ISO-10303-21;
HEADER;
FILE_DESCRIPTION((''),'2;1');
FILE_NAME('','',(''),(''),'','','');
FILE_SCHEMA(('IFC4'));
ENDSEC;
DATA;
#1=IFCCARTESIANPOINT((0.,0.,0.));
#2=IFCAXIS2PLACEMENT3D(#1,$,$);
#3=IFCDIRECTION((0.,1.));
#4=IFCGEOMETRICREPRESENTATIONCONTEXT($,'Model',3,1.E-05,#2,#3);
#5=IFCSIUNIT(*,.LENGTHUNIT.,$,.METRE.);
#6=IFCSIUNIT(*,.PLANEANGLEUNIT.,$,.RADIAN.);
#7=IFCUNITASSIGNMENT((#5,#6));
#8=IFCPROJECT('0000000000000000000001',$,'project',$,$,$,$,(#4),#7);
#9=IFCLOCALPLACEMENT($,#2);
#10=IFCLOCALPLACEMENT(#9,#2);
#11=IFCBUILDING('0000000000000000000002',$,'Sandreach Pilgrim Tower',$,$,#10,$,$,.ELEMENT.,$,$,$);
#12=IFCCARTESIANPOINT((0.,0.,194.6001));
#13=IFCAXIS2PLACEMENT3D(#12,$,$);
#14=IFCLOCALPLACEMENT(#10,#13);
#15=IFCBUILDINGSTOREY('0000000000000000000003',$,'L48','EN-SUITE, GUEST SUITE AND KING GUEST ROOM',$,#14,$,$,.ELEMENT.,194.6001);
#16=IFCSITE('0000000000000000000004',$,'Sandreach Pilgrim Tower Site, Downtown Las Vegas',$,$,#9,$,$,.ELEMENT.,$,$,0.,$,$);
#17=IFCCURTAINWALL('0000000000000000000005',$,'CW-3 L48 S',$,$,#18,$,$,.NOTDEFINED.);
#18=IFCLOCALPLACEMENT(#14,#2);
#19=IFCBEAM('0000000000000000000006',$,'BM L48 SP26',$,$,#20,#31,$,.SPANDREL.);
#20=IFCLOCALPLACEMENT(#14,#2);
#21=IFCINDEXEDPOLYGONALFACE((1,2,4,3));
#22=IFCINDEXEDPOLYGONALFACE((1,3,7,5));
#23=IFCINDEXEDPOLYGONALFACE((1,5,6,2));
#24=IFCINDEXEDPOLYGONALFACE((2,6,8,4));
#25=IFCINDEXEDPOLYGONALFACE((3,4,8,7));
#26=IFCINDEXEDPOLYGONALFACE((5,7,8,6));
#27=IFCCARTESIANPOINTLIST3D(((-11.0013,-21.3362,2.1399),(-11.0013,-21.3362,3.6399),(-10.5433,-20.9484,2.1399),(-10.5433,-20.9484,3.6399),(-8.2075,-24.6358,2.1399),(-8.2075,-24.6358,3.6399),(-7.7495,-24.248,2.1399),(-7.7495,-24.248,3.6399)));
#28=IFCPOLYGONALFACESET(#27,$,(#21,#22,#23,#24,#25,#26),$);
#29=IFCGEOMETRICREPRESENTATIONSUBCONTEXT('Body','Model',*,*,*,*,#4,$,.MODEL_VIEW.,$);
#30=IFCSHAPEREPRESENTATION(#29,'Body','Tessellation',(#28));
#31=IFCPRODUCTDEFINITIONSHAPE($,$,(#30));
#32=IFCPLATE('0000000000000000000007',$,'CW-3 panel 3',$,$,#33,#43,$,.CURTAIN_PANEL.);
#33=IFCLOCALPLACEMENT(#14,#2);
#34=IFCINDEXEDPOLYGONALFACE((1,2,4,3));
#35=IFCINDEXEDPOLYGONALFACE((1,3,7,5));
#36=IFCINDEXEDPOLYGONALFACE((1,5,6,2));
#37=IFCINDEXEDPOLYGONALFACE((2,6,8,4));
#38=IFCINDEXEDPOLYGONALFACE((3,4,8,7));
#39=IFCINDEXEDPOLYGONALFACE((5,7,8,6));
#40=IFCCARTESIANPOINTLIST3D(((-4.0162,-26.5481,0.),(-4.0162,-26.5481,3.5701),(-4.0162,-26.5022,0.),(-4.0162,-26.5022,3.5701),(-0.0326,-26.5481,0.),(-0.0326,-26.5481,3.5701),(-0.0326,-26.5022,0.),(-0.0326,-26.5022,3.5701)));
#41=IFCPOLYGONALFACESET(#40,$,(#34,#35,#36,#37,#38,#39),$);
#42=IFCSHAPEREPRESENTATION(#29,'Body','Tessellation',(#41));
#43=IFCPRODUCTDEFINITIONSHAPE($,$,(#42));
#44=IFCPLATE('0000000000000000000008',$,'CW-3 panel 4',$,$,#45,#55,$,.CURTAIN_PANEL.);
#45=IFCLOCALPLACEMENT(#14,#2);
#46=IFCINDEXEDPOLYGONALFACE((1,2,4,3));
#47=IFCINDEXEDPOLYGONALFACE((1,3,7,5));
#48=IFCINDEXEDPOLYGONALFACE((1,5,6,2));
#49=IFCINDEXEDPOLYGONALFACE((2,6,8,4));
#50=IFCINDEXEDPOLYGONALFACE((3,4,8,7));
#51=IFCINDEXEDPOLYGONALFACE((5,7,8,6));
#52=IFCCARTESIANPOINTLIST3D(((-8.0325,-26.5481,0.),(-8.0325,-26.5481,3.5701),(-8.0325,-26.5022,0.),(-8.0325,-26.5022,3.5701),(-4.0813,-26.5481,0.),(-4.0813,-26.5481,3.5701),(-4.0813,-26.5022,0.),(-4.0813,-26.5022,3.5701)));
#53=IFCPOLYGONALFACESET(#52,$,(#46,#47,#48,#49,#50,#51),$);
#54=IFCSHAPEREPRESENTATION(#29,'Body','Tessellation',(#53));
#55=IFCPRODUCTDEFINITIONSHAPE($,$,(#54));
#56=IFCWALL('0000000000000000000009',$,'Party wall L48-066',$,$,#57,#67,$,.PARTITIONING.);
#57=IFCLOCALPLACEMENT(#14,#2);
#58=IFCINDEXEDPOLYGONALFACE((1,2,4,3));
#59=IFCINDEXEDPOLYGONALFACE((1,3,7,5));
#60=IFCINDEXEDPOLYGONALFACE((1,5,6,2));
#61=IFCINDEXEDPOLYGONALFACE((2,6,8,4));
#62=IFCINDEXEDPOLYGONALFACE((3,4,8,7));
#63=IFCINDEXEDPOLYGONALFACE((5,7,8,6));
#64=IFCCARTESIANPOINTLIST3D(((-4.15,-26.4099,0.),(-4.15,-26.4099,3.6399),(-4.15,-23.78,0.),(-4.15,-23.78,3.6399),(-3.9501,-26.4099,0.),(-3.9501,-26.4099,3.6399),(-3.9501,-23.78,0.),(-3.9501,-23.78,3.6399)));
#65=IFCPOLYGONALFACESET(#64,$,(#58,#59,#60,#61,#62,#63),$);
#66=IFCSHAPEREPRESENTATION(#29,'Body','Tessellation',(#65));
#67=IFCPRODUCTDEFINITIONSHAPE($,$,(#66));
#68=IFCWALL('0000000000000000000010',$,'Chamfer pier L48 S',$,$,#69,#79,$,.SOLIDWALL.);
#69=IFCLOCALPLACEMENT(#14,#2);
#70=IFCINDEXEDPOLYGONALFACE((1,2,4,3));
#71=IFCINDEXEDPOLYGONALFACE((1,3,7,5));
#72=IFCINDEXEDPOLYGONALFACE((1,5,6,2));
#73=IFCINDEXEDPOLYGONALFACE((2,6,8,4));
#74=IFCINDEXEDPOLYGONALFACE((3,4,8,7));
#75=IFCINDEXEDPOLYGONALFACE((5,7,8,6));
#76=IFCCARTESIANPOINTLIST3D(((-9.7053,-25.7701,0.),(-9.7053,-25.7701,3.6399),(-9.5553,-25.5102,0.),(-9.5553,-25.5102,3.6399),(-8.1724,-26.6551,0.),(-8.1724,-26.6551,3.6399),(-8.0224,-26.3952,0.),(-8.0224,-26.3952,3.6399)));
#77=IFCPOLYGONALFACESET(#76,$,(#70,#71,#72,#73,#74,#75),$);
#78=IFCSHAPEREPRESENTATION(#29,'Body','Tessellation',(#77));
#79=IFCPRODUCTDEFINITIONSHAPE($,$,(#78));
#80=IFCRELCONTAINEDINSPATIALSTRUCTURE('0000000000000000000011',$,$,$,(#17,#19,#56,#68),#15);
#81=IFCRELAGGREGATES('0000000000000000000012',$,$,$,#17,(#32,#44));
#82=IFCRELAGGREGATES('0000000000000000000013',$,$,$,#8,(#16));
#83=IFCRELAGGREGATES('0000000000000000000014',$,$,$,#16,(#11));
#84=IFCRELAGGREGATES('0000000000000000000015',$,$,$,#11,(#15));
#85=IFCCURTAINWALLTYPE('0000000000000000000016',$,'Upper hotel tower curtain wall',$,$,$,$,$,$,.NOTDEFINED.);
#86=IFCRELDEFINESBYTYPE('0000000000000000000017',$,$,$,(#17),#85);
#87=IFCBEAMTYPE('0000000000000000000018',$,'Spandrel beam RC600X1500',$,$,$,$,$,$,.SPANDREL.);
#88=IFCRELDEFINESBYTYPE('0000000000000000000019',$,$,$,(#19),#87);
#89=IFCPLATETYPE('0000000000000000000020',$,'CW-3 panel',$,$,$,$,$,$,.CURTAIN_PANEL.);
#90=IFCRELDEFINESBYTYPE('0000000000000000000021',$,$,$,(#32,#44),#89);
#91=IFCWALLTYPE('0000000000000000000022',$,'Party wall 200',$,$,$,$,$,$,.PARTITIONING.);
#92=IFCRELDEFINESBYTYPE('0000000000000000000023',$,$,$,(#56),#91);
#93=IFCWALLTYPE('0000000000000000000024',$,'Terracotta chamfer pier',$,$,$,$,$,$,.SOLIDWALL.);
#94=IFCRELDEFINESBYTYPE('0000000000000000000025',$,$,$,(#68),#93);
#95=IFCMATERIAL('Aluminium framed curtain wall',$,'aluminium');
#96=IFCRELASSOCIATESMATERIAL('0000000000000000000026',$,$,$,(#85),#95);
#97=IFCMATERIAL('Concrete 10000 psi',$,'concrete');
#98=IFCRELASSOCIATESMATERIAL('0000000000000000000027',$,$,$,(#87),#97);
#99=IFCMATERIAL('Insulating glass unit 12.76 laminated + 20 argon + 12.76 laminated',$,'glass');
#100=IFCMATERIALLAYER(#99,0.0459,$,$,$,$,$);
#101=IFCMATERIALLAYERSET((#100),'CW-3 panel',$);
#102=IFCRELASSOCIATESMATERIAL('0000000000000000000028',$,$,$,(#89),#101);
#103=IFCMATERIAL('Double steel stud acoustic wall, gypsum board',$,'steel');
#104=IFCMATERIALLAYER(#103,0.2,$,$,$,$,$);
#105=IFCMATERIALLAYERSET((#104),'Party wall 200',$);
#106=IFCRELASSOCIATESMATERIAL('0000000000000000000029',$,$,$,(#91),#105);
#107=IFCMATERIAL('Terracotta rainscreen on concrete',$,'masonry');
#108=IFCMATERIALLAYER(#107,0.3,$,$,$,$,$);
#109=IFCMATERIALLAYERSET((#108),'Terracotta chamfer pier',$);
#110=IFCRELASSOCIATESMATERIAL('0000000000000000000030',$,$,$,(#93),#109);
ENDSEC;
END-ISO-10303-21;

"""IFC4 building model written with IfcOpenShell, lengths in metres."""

from ifc_helpers import new_model, si_unit, direction, frame, frame_2d, origin, origin_2d, place, context, subcontext, project, spatial, rectangle, extrude, material, layer, layer_set, material_profile, profile_set, type_object, element, aggregate, save


model = new_model("IFC4")

# Units and contexts
model_context = context("Model", 3, precision=1e-05, world=origin(), true_north=direction((0.0, 1.0)))
body_context = subcontext(model_context, "Body", "Model", "MODEL_VIEW")
ifc_project = project(units=[si_unit("LENGTHUNIT", "METRE"), si_unit("PLANEANGLEUNIT", "RADIAN")], contexts=[model_context])

# Site, building, storey
site_placement = place(None, origin())
site = spatial("IfcSite", under=ifc_project, at=site_placement, Name="Sandreach Pilgrim Tower Site, Downtown Las Vegas", CompositionType="ELEMENT", RefElevation=0.0)
building_placement = place(site_placement, origin())
building = spatial("IfcBuilding", under=site, at=building_placement, Name="Sandreach Pilgrim Tower", CompositionType="ELEMENT")
storey_placement = place(building_placement, frame((0.0, 0.0, 194.6001)))
storey = spatial("IfcBuildingStorey", under=building, at=storey_placement, Name="L48", Description="EN-SUITE, GUEST SUITE AND KING GUEST ROOM", CompositionType="ELEMENT", Elevation=194.6001)

# Curtain wall
ifc_material_1 = material(Name="Aluminium framed curtain wall", Category="aluminium")
curtain_wall_type = type_object("IfcCurtainWallType", Name="Upper hotel tower curtain wall", PredefinedType="NOTDEFINED", material=ifc_material_1)
curtain_wall_placement = place(storey_placement, origin())
curtain_wall = element("IfcCurtainWall", 1, at=curtain_wall_placement, inside=storey, type_object=curtain_wall_type, Name="CW-3 L48 S", PredefinedType="NOTDEFINED")

# Beam
ifc_material_2 = material(Name="Concrete 10000 psi", Category="concrete")
ifc_material_profile_1 = material_profile(ifc_material_2, rectangle(XDim=0.6001, YDim=1.5, at=origin_2d()), Name="RC600X1500")
ifc_profile_set_1 = profile_set([ifc_material_profile_1], Name="Concrete 10000 psi")
beam_type_1 = type_object("IfcBeamType", Name="Spandrel beam RC600X1500", PredefinedType="SPANDREL", material=ifc_profile_set_1)
beam_1_placement = place(storey_placement, frame((-7.9785, -24.4419, 2.8899), z_axis=(-0.64618, 0.763185, 0.0), x_axis=(-0.763185, -0.64618, 0.0)))
element("IfcBeam", 2, at=beam_1_placement, inside=storey, type_object=beam_type_1, Name="BM L48 SP26", PredefinedType="SPANDREL", context=body_context, shape_type="SweptSolid", body=[
    extrude(rectangle(XDim=0.6001, YDim=1.5, at=origin_2d()), origin(), (0.0, 0.0, 1.0), 4.3235),
])

# Plates
ifc_material_3 = material(Name="Insulating glass unit 12.76 laminated + 20 argon + 12.76 laminated", Category="glass")
ifc_layer_1 = layer(ifc_material_3, 0.0459)
ifc_layer_set_1 = layer_set([ifc_layer_1], Name="CW-3 panel")
plate_type = type_object("IfcPlateType", Name="CW-3 panel", PredefinedType="CURTAIN_PANEL", material=ifc_layer_set_1)
plate_1_placement = place(storey_placement, frame((-2.0244, -26.5251, 0.0), z_axis=(0.0, 0.0, 1.0), x_axis=(-1.0, 0.0, 0.0)))
plate_1 = element("IfcPlate", 3, at=plate_1_placement, type_object=plate_type, Name="CW-3 panel 3", PredefinedType="CURTAIN_PANEL", context=body_context, shape_type="SweptSolid", body=[
    extrude(rectangle(XDim=3.9836, YDim=0.0459, at=origin_2d()), origin(), (0.0, 0.0, 1.0), 3.5701),
])
plate_2_placement = place(storey_placement, frame((-6.0569, -26.5251, 0.0), z_axis=(0.0, 0.0, 1.0), x_axis=(-1.0, 0.0, 0.0)))
plate_2 = element("IfcPlate", 4, at=plate_2_placement, type_object=plate_type, Name="CW-3 panel 4", PredefinedType="CURTAIN_PANEL", context=body_context, shape_type="SweptSolid", body=[
    extrude(rectangle(XDim=3.9512, YDim=0.0459, at=origin_2d()), origin(), (0.0, 0.0, 1.0), 3.5701),
])
aggregate(curtain_wall, [plate_1, plate_2])

# Walls
ifc_material_4 = material(Name="Double steel stud acoustic wall, gypsum board", Category="steel")
ifc_layer_2 = layer(ifc_material_4, 0.2)
ifc_layer_set_2 = layer_set([ifc_layer_2], Name="Party wall 200")
wall_type_1 = type_object("IfcWallType", Name="Party wall 200", PredefinedType="PARTITIONING", material=ifc_layer_set_2)
wall_1_placement = place(storey_placement, frame((-4.05, -26.4099, 0.0), z_axis=(0.0, 0.0, 1.0), x_axis=(0.0, 1.0, 0.0)))
element("IfcWall", 5, at=wall_1_placement, inside=storey, type_object=wall_type_1, Name="Party wall L48-066", PredefinedType="PARTITIONING", context=body_context, shape_type="SweptSolid", body=[
    extrude(rectangle(XDim=2.6299, YDim=0.2, at=frame_2d((1.3149, 0.0))), origin(), (0.0, 0.0, 1.0), 3.6399),
])
ifc_material_5 = material(Name="Terracotta rainscreen on concrete", Category="masonry")
ifc_layer_3 = layer(ifc_material_5, 0.3)
ifc_layer_set_3 = layer_set([ifc_layer_3], Name="Terracotta chamfer pier")
wall_type_2 = type_object("IfcWallType", Name="Terracotta chamfer pier", PredefinedType="SOLIDWALL", material=ifc_layer_set_3)
wall_2_placement = place(storey_placement, frame((-8.0974, -26.5251, 0.0), z_axis=(0.0, 0.0, 1.0), x_axis=(-0.866036, 0.499981, 0.0)))
element("IfcWall", 6, at=wall_2_placement, inside=storey, type_object=wall_type_2, Name="Chamfer pier L48 S", PredefinedType="SOLIDWALL", context=body_context, shape_type="SweptSolid", body=[
    extrude(rectangle(XDim=1.77, YDim=0.3, at=frame_2d((0.885, 0.0))), origin(), (0.0, 0.0, 1.0), 3.6399),
])

save(model, "model.ifc")
